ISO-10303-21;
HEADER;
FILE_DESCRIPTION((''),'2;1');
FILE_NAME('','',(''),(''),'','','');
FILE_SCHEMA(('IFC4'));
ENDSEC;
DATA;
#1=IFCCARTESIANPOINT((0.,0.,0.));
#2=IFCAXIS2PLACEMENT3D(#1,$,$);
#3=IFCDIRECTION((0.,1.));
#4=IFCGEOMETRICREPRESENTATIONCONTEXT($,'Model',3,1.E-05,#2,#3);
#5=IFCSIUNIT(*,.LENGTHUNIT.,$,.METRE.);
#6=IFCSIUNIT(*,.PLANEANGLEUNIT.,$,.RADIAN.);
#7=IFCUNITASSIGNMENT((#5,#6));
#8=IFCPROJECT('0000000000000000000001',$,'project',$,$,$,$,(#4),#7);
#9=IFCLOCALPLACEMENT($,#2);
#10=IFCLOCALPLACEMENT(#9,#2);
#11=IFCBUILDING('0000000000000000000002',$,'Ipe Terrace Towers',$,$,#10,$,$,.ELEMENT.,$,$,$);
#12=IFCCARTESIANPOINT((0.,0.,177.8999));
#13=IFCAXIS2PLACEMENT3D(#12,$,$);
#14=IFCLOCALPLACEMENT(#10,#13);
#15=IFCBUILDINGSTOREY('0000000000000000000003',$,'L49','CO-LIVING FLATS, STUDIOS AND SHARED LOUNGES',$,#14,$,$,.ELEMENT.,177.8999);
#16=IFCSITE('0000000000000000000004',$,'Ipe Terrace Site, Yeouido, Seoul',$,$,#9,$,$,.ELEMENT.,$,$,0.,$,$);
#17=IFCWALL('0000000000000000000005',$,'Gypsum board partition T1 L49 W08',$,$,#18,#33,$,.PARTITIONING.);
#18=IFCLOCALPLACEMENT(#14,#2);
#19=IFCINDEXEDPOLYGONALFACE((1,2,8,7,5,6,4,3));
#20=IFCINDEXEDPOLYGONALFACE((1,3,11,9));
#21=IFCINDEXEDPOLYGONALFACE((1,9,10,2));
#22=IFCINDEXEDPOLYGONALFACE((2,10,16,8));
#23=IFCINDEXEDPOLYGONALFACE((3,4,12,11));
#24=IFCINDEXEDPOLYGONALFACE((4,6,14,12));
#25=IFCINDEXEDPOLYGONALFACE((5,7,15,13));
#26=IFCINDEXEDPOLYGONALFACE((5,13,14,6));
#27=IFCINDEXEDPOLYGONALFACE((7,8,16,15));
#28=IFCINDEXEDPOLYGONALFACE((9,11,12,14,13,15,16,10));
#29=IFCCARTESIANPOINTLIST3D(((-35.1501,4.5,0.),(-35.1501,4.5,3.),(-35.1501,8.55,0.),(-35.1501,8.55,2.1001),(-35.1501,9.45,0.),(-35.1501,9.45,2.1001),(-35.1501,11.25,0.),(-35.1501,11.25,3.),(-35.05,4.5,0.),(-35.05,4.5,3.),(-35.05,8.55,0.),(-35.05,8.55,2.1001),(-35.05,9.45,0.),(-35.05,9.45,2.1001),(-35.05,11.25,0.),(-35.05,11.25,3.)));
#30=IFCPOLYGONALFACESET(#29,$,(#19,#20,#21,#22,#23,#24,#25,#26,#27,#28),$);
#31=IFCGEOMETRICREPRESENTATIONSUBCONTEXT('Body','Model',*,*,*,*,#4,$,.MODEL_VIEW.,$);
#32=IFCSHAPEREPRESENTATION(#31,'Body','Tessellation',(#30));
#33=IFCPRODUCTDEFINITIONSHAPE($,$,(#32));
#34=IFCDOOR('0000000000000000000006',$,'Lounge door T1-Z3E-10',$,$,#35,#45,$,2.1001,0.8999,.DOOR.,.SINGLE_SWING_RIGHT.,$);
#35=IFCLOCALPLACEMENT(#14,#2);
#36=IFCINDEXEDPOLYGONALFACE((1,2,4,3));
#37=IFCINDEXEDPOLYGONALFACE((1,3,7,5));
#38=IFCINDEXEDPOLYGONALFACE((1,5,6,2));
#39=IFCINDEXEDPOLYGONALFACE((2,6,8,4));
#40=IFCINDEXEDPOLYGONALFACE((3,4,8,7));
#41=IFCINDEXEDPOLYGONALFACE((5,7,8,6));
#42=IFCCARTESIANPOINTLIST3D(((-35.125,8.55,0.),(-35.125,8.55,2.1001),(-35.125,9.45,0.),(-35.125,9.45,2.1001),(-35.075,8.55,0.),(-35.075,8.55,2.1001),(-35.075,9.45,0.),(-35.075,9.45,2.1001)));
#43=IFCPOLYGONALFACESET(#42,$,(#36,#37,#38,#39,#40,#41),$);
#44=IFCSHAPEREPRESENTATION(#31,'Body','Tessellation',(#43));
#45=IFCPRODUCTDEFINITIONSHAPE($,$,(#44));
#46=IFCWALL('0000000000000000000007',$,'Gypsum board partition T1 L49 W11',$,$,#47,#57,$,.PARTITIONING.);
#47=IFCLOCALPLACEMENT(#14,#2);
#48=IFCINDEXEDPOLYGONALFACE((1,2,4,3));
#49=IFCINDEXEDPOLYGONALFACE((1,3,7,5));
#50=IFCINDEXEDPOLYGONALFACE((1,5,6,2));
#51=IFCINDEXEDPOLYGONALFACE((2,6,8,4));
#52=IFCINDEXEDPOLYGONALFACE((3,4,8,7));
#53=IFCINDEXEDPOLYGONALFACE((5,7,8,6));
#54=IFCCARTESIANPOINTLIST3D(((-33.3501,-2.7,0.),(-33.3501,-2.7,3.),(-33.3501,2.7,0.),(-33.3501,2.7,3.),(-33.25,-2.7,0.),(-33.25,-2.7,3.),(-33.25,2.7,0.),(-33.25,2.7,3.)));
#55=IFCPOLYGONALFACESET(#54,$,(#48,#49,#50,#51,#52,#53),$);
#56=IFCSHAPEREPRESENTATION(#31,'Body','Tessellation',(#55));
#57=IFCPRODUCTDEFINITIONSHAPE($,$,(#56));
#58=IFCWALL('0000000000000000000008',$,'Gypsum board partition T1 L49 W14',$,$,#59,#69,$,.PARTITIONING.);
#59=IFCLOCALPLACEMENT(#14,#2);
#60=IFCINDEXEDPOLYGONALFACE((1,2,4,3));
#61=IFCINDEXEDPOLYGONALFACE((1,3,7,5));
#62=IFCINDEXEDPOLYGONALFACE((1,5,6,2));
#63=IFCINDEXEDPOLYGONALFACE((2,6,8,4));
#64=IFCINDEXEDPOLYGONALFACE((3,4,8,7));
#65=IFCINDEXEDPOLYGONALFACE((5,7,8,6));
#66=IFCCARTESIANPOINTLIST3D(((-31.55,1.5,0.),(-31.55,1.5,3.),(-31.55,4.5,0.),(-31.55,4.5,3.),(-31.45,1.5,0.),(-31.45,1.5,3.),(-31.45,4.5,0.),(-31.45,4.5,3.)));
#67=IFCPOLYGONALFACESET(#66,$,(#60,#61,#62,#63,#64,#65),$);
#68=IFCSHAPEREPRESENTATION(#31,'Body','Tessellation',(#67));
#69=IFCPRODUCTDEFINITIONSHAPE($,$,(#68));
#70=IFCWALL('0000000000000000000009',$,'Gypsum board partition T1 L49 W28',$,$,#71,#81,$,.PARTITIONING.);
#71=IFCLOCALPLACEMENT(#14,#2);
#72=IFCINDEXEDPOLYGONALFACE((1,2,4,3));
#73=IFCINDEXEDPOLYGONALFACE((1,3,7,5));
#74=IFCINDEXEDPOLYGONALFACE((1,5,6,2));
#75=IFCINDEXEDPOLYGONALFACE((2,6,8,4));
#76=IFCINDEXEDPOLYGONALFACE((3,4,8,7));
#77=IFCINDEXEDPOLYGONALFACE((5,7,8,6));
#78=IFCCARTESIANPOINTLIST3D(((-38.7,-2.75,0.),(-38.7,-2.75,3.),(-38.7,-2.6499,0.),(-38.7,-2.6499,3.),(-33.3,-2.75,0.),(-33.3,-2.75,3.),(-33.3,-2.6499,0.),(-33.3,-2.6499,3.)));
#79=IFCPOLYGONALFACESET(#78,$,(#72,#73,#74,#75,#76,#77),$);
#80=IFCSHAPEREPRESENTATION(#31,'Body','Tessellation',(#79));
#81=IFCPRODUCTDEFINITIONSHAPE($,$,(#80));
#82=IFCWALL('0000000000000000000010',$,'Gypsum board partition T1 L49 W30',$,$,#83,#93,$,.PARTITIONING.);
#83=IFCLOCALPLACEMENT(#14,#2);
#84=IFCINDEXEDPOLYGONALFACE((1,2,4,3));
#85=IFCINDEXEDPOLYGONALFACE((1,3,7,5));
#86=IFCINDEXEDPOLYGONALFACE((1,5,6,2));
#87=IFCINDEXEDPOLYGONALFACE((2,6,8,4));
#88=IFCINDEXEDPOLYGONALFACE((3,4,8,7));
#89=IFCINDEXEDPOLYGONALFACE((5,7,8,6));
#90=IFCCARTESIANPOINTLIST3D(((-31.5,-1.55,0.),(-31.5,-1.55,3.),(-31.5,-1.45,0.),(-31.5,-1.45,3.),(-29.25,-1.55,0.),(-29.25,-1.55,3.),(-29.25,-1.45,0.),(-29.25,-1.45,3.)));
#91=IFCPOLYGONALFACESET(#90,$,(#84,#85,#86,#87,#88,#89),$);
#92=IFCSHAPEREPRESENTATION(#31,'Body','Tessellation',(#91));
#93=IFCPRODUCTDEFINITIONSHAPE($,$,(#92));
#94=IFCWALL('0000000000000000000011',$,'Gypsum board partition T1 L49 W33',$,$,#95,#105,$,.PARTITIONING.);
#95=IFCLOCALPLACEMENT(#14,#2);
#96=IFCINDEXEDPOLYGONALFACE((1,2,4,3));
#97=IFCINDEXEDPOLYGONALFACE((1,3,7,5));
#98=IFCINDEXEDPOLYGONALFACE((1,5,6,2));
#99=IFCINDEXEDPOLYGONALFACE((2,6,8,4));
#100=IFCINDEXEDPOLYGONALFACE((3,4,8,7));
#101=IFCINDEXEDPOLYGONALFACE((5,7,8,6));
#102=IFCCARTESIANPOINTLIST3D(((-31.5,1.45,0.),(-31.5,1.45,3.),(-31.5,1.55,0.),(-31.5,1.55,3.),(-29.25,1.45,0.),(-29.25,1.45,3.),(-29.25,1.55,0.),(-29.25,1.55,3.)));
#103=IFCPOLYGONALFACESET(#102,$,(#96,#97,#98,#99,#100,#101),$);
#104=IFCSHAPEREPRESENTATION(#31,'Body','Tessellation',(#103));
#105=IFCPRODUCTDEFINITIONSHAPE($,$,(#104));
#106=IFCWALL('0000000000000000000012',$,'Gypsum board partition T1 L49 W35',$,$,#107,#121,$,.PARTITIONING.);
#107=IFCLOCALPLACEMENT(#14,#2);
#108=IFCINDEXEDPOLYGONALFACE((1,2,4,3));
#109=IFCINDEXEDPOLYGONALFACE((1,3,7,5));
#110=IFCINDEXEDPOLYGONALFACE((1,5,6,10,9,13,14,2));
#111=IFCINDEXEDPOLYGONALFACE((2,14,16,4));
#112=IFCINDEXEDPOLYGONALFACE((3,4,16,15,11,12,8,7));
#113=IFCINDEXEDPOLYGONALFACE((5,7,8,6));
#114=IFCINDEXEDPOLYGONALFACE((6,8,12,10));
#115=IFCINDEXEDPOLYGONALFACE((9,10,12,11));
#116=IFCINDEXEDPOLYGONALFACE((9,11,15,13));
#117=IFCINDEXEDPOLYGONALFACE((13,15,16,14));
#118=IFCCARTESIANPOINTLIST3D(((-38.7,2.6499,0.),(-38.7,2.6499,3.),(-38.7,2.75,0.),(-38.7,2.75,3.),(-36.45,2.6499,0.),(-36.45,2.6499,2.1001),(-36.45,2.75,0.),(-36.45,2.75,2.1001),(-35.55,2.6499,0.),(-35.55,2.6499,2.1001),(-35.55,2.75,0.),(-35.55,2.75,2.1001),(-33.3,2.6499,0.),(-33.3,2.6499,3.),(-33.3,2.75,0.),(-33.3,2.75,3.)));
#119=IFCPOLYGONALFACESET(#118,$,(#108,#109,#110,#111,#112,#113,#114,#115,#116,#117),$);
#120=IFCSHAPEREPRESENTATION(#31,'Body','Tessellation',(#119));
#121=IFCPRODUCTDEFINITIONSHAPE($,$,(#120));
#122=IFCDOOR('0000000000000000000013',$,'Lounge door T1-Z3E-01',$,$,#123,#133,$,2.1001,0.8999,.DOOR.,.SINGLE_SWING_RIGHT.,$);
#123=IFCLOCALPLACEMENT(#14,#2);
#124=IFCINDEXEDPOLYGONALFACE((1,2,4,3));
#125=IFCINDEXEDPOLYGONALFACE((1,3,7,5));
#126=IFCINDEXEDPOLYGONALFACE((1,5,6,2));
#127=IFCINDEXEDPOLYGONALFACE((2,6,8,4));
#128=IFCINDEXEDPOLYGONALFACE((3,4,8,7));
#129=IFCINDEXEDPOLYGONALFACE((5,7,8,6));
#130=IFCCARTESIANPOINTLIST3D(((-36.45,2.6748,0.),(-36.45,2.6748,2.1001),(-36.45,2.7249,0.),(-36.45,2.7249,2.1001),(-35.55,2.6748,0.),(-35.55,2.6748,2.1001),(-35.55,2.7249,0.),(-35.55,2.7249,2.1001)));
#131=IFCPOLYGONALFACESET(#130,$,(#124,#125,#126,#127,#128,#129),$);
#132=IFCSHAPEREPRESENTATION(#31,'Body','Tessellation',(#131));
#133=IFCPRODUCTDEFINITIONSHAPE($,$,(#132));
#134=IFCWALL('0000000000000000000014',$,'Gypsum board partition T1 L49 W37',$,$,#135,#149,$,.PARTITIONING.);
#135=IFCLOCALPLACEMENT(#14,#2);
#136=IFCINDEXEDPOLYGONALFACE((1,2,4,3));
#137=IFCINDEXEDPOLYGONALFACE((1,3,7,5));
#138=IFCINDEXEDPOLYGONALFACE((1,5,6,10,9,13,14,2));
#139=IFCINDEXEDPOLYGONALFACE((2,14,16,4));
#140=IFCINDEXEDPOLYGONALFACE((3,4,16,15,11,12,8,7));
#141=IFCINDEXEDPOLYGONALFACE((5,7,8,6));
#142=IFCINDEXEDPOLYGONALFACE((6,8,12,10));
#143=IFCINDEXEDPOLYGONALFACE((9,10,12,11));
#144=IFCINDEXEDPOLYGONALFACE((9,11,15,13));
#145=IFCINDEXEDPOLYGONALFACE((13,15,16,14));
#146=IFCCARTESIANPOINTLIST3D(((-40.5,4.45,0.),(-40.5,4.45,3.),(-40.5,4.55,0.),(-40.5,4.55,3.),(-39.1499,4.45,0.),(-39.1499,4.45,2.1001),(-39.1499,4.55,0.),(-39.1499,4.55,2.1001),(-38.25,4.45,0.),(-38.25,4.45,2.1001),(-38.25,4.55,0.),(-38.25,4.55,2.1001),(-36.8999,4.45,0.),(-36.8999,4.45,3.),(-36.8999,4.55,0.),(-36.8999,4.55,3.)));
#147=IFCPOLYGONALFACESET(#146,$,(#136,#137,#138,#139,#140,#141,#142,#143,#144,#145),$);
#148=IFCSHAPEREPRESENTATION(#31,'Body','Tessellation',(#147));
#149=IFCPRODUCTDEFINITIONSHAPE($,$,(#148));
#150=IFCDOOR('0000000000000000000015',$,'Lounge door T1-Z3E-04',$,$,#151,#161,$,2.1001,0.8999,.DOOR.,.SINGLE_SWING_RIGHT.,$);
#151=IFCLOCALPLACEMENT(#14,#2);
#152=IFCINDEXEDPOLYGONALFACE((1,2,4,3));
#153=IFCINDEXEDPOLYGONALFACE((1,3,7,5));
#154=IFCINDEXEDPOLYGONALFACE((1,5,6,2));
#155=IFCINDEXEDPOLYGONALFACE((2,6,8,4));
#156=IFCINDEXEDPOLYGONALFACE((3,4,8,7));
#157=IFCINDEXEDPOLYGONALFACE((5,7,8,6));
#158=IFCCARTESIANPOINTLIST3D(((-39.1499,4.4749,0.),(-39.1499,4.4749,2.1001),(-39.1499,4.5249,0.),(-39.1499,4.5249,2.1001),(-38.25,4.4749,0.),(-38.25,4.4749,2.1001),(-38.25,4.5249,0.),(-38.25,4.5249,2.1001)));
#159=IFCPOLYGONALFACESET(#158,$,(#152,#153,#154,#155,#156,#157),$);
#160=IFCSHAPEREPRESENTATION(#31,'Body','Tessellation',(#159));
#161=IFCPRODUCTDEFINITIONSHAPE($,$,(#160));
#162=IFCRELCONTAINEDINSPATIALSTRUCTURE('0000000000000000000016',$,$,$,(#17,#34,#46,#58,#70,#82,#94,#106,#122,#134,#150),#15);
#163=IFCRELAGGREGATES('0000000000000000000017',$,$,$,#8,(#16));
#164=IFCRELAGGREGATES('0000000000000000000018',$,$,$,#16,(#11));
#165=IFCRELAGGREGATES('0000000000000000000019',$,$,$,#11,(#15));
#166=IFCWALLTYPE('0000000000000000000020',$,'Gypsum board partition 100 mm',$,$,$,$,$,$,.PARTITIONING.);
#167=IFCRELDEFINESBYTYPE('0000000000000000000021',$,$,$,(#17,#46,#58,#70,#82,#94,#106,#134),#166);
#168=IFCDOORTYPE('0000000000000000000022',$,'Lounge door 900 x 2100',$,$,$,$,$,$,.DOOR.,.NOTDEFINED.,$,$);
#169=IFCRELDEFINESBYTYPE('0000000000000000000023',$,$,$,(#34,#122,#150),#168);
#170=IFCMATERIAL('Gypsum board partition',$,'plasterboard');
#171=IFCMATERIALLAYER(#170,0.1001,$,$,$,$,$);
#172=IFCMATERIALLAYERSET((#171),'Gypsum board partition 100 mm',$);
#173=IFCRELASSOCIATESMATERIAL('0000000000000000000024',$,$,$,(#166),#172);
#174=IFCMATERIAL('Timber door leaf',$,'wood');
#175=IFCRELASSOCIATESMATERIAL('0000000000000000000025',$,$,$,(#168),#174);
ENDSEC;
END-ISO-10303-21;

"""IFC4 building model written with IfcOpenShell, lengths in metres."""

from ifc_helpers import new_model, si_unit, direction, frame, frame_2d, origin, place, context, subcontext, project, spatial, rectangle, extrude, material, layer, layer_set, type_object, element, fill, save


model = new_model("IFC4")

# Units and contexts
model_context = context("Model", 3, precision=1e-05, world=origin(), true_north=direction((0.0, 1.0)))
body_context = subcontext(model_context, "Body", "Model", "MODEL_VIEW")
ifc_project = project(units=[si_unit("LENGTHUNIT", "METRE"), si_unit("PLANEANGLEUNIT", "RADIAN")], contexts=[model_context])

# Site, building, storey
site_placement = place(None, origin())
site = spatial("IfcSite", under=ifc_project, at=site_placement, Name="Ipe Terrace Site, Yeouido, Seoul", CompositionType="ELEMENT", RefElevation=0.0)
building_placement = place(site_placement, origin())
building = spatial("IfcBuilding", under=site, at=building_placement, Name="Ipe Terrace Towers", CompositionType="ELEMENT")
storey_placement = place(building_placement, frame((0.0, 0.0, 177.8999)))
storey = spatial("IfcBuildingStorey", under=building, at=storey_placement, Name="L49", Description="CO-LIVING FLATS, STUDIOS AND SHARED LOUNGES", CompositionType="ELEMENT", Elevation=177.8999)

# Shared definitions
ifc_material_1 = material(Name="Gypsum board partition", Category="plasterboard")
ifc_layer_1 = layer(ifc_material_1, 0.1001)
ifc_layer_set_1 = layer_set([ifc_layer_1], Name="Gypsum board partition 100 mm")
wall_type_1 = type_object("IfcWallType", Name="Gypsum board partition 100 mm", PredefinedType="PARTITIONING", material=ifc_layer_set_1)
ifc_material_2 = material(Name="Timber door leaf", Category="wood")
door_type = type_object("IfcDoorType", Name="Lounge door 900 x 2100", OperationType="NOTDEFINED", PredefinedType="DOOR", material=ifc_material_2)

# Wall, opening, door
wall_1_placement = place(storey_placement, frame((-35.1001, 4.5, 0.0), z_axis=(0.0, 0.0, 1.0), x_axis=(0.0, 1.0, 0.0)))
wall_1 = element("IfcWall", 1, at=wall_1_placement, inside=storey, type_object=wall_type_1, Name="Gypsum board partition T1 L49 W08", PredefinedType="PARTITIONING", context=body_context, shape_type="SweptSolid", body=[
    extrude(rectangle(XDim=6.75, YDim=0.1001, at=frame_2d((3.375, 0.0))), origin(), (0.0, 0.0, 1.0), 3.0),
])
opening_1_placement = place(wall_1_placement, frame((4.05, 0.0, 0.0)))
opening_1 = element("IfcOpeningElement", 2, at=opening_1_placement, cuts=wall_1, PredefinedType="OPENING", context=body_context, shape_type="SweptSolid", body=[
    extrude(rectangle(XDim=0.8999, YDim=2.1001, at=frame_2d((0.45, 1.05))), frame((0.0, 0.0601, 0.0), z_axis=(0.0, -1.0, 0.0), x_axis=(1.0, 0.0, 0.0)), (0.0, 0.0, 1.0), 0.1201),
])
door_1_placement = place(opening_1_placement, origin())
door_1 = element("IfcDoor", 3, at=door_1_placement, inside=storey, type_object=door_type, Name="Lounge door T1-Z3E-10", OperationType="SINGLE_SWING_RIGHT", OverallHeight=2.1001, OverallWidth=0.8999, PredefinedType="DOOR", context=body_context, shape_type="SweptSolid", body=[
    extrude(rectangle(XDim=0.8999, YDim=2.1001, at=frame_2d((0.45, 1.05))), frame((0.0, 0.0249, 0.0), z_axis=(0.0, -1.0, 0.0), x_axis=(1.0, 0.0, 0.0)), (0.0, 0.0, 1.0), 0.05),
])
fill(opening_1, door_1)

# Walls
wall_2_placement = place(storey_placement, frame((-33.3, -2.7, 0.0), z_axis=(0.0, 0.0, 1.0), x_axis=(0.0, 1.0, 0.0)))
element("IfcWall", 4, at=wall_2_placement, inside=storey, type_object=wall_type_1, Name="Gypsum board partition T1 L49 W11", PredefinedType="PARTITIONING", context=body_context, shape_type="SweptSolid", body=[
    extrude(rectangle(XDim=5.3999, YDim=0.1001, at=frame_2d((2.7, 0.0))), origin(), (0.0, 0.0, 1.0), 3.0),
])
wall_3_placement = place(storey_placement, frame((-31.5, 1.5, 0.0), z_axis=(0.0, 0.0, 1.0), x_axis=(0.0, 1.0, 0.0)))
element("IfcWall", 5, at=wall_3_placement, inside=storey, type_object=wall_type_1, Name="Gypsum board partition T1 L49 W14", PredefinedType="PARTITIONING", context=body_context, shape_type="SweptSolid", body=[
    extrude(rectangle(XDim=3.0, YDim=0.1001, at=frame_2d((1.5, 0.0))), origin(), (0.0, 0.0, 1.0), 3.0),
])
wall_4_placement = place(storey_placement, frame((-38.7, -2.7, 0.0), z_axis=(0.0, 0.0, 1.0), x_axis=(1.0, 0.0, 0.0)))
element("IfcWall", 6, at=wall_4_placement, inside=storey, type_object=wall_type_1, Name="Gypsum board partition T1 L49 W28", PredefinedType="PARTITIONING", context=body_context, shape_type="SweptSolid", body=[
    extrude(rectangle(XDim=5.3999, YDim=0.1001, at=frame_2d((2.7, 0.0))), origin(), (0.0, 0.0, 1.0), 3.0),
])
for number, where, z_axis, x_axis, name in (
    (7, (-31.5, -1.5, 0.0), (0.0, 0.0, 1.0), (1.0, 0.0, 0.0), "Gypsum board partition T1 L49 W30"),
    (8, (-31.5, 1.5, 0.0), (0.0, 0.0, 1.0), (1.0, 0.0, 0.0), "Gypsum board partition T1 L49 W33"),
):
    element("IfcWall", number, at=place(storey_placement, frame(where, z_axis=z_axis, x_axis=x_axis)), inside=storey, type_object=wall_type_1, Name=name, PredefinedType="PARTITIONING", context=body_context, shape_type="SweptSolid", body=[
        extrude(rectangle(XDim=2.25, YDim=0.1001, at=frame_2d((1.125, 0.0))), origin(), (0.0, 0.0, 1.0), 3.0),
    ])

# Walls, openings, doors
wall_5_placement = place(storey_placement, frame((-38.7, 2.7, 0.0), z_axis=(0.0, 0.0, 1.0), x_axis=(1.0, 0.0, 0.0)))
wall_5 = element("IfcWall", 9, at=wall_5_placement, inside=storey, type_object=wall_type_1, Name="Gypsum board partition T1 L49 W35", PredefinedType="PARTITIONING", context=body_context, shape_type="SweptSolid", body=[
    extrude(rectangle(XDim=5.3999, YDim=0.1001, at=frame_2d((2.7, 0.0))), origin(), (0.0, 0.0, 1.0), 3.0),
])
opening_2_placement = place(wall_5_placement, frame((2.25, 0.0, 0.0)))
opening_2 = element("IfcOpeningElement", 10, at=opening_2_placement, cuts=wall_5, PredefinedType="OPENING", context=body_context, shape_type="SweptSolid", body=[
    extrude(rectangle(XDim=0.8999, YDim=2.1001, at=frame_2d((0.45, 1.05))), frame((0.0, 0.0601, 0.0), z_axis=(0.0, -1.0, 0.0), x_axis=(1.0, 0.0, 0.0)), (0.0, 0.0, 1.0), 0.1201),
])
door_2_placement = place(opening_2_placement, origin())
door_2 = element("IfcDoor", 11, at=door_2_placement, inside=storey, type_object=door_type, Name="Lounge door T1-Z3E-01", OperationType="SINGLE_SWING_RIGHT", OverallHeight=2.1001, OverallWidth=0.8999, PredefinedType="DOOR", context=body_context, shape_type="SweptSolid", body=[
    extrude(rectangle(XDim=0.8999, YDim=2.1001, at=frame_2d((0.45, 1.05))), frame((0.0, 0.0249, 0.0), z_axis=(0.0, -1.0, 0.0), x_axis=(1.0, 0.0, 0.0)), (0.0, 0.0, 1.0), 0.05),
])
fill(opening_2, door_2)
wall_6_placement = place(storey_placement, frame((-40.5, 4.5, 0.0), z_axis=(0.0, 0.0, 1.0), x_axis=(1.0, 0.0, 0.0)))
wall_6 = element("IfcWall", 12, at=wall_6_placement, inside=storey, type_object=wall_type_1, Name="Gypsum board partition T1 L49 W37", PredefinedType="PARTITIONING", context=body_context, shape_type="SweptSolid", body=[
    extrude(rectangle(XDim=3.6001, YDim=0.1001, at=frame_2d((1.8, 0.0))), origin(), (0.0, 0.0, 1.0), 3.0),
])
opening_3_placement = place(wall_6_placement, frame((1.3501, 0.0, 0.0)))
opening_3 = element("IfcOpeningElement", 13, at=opening_3_placement, cuts=wall_6, PredefinedType="OPENING", context=body_context, shape_type="SweptSolid", body=[
    extrude(rectangle(XDim=0.8999, YDim=2.1001, at=frame_2d((0.45, 1.05))), frame((0.0, 0.0601, 0.0), z_axis=(0.0, -1.0, 0.0), x_axis=(1.0, 0.0, 0.0)), (0.0, 0.0, 1.0), 0.1201),
])
door_3_placement = place(opening_3_placement, origin())
door_3 = element("IfcDoor", 14, at=door_3_placement, inside=storey, type_object=door_type, Name="Lounge door T1-Z3E-04", OperationType="SINGLE_SWING_RIGHT", OverallHeight=2.1001, OverallWidth=0.8999, PredefinedType="DOOR", context=body_context, shape_type="SweptSolid", body=[
    extrude(rectangle(XDim=0.8999, YDim=2.1001, at=frame_2d((0.45, 1.05))), frame((0.0, 0.0249, 0.0), z_axis=(0.0, -1.0, 0.0), x_axis=(1.0, 0.0, 0.0)), (0.0, 0.0, 1.0), 0.05),
])
fill(opening_3, door_3)

save(model, "model.ifc")
